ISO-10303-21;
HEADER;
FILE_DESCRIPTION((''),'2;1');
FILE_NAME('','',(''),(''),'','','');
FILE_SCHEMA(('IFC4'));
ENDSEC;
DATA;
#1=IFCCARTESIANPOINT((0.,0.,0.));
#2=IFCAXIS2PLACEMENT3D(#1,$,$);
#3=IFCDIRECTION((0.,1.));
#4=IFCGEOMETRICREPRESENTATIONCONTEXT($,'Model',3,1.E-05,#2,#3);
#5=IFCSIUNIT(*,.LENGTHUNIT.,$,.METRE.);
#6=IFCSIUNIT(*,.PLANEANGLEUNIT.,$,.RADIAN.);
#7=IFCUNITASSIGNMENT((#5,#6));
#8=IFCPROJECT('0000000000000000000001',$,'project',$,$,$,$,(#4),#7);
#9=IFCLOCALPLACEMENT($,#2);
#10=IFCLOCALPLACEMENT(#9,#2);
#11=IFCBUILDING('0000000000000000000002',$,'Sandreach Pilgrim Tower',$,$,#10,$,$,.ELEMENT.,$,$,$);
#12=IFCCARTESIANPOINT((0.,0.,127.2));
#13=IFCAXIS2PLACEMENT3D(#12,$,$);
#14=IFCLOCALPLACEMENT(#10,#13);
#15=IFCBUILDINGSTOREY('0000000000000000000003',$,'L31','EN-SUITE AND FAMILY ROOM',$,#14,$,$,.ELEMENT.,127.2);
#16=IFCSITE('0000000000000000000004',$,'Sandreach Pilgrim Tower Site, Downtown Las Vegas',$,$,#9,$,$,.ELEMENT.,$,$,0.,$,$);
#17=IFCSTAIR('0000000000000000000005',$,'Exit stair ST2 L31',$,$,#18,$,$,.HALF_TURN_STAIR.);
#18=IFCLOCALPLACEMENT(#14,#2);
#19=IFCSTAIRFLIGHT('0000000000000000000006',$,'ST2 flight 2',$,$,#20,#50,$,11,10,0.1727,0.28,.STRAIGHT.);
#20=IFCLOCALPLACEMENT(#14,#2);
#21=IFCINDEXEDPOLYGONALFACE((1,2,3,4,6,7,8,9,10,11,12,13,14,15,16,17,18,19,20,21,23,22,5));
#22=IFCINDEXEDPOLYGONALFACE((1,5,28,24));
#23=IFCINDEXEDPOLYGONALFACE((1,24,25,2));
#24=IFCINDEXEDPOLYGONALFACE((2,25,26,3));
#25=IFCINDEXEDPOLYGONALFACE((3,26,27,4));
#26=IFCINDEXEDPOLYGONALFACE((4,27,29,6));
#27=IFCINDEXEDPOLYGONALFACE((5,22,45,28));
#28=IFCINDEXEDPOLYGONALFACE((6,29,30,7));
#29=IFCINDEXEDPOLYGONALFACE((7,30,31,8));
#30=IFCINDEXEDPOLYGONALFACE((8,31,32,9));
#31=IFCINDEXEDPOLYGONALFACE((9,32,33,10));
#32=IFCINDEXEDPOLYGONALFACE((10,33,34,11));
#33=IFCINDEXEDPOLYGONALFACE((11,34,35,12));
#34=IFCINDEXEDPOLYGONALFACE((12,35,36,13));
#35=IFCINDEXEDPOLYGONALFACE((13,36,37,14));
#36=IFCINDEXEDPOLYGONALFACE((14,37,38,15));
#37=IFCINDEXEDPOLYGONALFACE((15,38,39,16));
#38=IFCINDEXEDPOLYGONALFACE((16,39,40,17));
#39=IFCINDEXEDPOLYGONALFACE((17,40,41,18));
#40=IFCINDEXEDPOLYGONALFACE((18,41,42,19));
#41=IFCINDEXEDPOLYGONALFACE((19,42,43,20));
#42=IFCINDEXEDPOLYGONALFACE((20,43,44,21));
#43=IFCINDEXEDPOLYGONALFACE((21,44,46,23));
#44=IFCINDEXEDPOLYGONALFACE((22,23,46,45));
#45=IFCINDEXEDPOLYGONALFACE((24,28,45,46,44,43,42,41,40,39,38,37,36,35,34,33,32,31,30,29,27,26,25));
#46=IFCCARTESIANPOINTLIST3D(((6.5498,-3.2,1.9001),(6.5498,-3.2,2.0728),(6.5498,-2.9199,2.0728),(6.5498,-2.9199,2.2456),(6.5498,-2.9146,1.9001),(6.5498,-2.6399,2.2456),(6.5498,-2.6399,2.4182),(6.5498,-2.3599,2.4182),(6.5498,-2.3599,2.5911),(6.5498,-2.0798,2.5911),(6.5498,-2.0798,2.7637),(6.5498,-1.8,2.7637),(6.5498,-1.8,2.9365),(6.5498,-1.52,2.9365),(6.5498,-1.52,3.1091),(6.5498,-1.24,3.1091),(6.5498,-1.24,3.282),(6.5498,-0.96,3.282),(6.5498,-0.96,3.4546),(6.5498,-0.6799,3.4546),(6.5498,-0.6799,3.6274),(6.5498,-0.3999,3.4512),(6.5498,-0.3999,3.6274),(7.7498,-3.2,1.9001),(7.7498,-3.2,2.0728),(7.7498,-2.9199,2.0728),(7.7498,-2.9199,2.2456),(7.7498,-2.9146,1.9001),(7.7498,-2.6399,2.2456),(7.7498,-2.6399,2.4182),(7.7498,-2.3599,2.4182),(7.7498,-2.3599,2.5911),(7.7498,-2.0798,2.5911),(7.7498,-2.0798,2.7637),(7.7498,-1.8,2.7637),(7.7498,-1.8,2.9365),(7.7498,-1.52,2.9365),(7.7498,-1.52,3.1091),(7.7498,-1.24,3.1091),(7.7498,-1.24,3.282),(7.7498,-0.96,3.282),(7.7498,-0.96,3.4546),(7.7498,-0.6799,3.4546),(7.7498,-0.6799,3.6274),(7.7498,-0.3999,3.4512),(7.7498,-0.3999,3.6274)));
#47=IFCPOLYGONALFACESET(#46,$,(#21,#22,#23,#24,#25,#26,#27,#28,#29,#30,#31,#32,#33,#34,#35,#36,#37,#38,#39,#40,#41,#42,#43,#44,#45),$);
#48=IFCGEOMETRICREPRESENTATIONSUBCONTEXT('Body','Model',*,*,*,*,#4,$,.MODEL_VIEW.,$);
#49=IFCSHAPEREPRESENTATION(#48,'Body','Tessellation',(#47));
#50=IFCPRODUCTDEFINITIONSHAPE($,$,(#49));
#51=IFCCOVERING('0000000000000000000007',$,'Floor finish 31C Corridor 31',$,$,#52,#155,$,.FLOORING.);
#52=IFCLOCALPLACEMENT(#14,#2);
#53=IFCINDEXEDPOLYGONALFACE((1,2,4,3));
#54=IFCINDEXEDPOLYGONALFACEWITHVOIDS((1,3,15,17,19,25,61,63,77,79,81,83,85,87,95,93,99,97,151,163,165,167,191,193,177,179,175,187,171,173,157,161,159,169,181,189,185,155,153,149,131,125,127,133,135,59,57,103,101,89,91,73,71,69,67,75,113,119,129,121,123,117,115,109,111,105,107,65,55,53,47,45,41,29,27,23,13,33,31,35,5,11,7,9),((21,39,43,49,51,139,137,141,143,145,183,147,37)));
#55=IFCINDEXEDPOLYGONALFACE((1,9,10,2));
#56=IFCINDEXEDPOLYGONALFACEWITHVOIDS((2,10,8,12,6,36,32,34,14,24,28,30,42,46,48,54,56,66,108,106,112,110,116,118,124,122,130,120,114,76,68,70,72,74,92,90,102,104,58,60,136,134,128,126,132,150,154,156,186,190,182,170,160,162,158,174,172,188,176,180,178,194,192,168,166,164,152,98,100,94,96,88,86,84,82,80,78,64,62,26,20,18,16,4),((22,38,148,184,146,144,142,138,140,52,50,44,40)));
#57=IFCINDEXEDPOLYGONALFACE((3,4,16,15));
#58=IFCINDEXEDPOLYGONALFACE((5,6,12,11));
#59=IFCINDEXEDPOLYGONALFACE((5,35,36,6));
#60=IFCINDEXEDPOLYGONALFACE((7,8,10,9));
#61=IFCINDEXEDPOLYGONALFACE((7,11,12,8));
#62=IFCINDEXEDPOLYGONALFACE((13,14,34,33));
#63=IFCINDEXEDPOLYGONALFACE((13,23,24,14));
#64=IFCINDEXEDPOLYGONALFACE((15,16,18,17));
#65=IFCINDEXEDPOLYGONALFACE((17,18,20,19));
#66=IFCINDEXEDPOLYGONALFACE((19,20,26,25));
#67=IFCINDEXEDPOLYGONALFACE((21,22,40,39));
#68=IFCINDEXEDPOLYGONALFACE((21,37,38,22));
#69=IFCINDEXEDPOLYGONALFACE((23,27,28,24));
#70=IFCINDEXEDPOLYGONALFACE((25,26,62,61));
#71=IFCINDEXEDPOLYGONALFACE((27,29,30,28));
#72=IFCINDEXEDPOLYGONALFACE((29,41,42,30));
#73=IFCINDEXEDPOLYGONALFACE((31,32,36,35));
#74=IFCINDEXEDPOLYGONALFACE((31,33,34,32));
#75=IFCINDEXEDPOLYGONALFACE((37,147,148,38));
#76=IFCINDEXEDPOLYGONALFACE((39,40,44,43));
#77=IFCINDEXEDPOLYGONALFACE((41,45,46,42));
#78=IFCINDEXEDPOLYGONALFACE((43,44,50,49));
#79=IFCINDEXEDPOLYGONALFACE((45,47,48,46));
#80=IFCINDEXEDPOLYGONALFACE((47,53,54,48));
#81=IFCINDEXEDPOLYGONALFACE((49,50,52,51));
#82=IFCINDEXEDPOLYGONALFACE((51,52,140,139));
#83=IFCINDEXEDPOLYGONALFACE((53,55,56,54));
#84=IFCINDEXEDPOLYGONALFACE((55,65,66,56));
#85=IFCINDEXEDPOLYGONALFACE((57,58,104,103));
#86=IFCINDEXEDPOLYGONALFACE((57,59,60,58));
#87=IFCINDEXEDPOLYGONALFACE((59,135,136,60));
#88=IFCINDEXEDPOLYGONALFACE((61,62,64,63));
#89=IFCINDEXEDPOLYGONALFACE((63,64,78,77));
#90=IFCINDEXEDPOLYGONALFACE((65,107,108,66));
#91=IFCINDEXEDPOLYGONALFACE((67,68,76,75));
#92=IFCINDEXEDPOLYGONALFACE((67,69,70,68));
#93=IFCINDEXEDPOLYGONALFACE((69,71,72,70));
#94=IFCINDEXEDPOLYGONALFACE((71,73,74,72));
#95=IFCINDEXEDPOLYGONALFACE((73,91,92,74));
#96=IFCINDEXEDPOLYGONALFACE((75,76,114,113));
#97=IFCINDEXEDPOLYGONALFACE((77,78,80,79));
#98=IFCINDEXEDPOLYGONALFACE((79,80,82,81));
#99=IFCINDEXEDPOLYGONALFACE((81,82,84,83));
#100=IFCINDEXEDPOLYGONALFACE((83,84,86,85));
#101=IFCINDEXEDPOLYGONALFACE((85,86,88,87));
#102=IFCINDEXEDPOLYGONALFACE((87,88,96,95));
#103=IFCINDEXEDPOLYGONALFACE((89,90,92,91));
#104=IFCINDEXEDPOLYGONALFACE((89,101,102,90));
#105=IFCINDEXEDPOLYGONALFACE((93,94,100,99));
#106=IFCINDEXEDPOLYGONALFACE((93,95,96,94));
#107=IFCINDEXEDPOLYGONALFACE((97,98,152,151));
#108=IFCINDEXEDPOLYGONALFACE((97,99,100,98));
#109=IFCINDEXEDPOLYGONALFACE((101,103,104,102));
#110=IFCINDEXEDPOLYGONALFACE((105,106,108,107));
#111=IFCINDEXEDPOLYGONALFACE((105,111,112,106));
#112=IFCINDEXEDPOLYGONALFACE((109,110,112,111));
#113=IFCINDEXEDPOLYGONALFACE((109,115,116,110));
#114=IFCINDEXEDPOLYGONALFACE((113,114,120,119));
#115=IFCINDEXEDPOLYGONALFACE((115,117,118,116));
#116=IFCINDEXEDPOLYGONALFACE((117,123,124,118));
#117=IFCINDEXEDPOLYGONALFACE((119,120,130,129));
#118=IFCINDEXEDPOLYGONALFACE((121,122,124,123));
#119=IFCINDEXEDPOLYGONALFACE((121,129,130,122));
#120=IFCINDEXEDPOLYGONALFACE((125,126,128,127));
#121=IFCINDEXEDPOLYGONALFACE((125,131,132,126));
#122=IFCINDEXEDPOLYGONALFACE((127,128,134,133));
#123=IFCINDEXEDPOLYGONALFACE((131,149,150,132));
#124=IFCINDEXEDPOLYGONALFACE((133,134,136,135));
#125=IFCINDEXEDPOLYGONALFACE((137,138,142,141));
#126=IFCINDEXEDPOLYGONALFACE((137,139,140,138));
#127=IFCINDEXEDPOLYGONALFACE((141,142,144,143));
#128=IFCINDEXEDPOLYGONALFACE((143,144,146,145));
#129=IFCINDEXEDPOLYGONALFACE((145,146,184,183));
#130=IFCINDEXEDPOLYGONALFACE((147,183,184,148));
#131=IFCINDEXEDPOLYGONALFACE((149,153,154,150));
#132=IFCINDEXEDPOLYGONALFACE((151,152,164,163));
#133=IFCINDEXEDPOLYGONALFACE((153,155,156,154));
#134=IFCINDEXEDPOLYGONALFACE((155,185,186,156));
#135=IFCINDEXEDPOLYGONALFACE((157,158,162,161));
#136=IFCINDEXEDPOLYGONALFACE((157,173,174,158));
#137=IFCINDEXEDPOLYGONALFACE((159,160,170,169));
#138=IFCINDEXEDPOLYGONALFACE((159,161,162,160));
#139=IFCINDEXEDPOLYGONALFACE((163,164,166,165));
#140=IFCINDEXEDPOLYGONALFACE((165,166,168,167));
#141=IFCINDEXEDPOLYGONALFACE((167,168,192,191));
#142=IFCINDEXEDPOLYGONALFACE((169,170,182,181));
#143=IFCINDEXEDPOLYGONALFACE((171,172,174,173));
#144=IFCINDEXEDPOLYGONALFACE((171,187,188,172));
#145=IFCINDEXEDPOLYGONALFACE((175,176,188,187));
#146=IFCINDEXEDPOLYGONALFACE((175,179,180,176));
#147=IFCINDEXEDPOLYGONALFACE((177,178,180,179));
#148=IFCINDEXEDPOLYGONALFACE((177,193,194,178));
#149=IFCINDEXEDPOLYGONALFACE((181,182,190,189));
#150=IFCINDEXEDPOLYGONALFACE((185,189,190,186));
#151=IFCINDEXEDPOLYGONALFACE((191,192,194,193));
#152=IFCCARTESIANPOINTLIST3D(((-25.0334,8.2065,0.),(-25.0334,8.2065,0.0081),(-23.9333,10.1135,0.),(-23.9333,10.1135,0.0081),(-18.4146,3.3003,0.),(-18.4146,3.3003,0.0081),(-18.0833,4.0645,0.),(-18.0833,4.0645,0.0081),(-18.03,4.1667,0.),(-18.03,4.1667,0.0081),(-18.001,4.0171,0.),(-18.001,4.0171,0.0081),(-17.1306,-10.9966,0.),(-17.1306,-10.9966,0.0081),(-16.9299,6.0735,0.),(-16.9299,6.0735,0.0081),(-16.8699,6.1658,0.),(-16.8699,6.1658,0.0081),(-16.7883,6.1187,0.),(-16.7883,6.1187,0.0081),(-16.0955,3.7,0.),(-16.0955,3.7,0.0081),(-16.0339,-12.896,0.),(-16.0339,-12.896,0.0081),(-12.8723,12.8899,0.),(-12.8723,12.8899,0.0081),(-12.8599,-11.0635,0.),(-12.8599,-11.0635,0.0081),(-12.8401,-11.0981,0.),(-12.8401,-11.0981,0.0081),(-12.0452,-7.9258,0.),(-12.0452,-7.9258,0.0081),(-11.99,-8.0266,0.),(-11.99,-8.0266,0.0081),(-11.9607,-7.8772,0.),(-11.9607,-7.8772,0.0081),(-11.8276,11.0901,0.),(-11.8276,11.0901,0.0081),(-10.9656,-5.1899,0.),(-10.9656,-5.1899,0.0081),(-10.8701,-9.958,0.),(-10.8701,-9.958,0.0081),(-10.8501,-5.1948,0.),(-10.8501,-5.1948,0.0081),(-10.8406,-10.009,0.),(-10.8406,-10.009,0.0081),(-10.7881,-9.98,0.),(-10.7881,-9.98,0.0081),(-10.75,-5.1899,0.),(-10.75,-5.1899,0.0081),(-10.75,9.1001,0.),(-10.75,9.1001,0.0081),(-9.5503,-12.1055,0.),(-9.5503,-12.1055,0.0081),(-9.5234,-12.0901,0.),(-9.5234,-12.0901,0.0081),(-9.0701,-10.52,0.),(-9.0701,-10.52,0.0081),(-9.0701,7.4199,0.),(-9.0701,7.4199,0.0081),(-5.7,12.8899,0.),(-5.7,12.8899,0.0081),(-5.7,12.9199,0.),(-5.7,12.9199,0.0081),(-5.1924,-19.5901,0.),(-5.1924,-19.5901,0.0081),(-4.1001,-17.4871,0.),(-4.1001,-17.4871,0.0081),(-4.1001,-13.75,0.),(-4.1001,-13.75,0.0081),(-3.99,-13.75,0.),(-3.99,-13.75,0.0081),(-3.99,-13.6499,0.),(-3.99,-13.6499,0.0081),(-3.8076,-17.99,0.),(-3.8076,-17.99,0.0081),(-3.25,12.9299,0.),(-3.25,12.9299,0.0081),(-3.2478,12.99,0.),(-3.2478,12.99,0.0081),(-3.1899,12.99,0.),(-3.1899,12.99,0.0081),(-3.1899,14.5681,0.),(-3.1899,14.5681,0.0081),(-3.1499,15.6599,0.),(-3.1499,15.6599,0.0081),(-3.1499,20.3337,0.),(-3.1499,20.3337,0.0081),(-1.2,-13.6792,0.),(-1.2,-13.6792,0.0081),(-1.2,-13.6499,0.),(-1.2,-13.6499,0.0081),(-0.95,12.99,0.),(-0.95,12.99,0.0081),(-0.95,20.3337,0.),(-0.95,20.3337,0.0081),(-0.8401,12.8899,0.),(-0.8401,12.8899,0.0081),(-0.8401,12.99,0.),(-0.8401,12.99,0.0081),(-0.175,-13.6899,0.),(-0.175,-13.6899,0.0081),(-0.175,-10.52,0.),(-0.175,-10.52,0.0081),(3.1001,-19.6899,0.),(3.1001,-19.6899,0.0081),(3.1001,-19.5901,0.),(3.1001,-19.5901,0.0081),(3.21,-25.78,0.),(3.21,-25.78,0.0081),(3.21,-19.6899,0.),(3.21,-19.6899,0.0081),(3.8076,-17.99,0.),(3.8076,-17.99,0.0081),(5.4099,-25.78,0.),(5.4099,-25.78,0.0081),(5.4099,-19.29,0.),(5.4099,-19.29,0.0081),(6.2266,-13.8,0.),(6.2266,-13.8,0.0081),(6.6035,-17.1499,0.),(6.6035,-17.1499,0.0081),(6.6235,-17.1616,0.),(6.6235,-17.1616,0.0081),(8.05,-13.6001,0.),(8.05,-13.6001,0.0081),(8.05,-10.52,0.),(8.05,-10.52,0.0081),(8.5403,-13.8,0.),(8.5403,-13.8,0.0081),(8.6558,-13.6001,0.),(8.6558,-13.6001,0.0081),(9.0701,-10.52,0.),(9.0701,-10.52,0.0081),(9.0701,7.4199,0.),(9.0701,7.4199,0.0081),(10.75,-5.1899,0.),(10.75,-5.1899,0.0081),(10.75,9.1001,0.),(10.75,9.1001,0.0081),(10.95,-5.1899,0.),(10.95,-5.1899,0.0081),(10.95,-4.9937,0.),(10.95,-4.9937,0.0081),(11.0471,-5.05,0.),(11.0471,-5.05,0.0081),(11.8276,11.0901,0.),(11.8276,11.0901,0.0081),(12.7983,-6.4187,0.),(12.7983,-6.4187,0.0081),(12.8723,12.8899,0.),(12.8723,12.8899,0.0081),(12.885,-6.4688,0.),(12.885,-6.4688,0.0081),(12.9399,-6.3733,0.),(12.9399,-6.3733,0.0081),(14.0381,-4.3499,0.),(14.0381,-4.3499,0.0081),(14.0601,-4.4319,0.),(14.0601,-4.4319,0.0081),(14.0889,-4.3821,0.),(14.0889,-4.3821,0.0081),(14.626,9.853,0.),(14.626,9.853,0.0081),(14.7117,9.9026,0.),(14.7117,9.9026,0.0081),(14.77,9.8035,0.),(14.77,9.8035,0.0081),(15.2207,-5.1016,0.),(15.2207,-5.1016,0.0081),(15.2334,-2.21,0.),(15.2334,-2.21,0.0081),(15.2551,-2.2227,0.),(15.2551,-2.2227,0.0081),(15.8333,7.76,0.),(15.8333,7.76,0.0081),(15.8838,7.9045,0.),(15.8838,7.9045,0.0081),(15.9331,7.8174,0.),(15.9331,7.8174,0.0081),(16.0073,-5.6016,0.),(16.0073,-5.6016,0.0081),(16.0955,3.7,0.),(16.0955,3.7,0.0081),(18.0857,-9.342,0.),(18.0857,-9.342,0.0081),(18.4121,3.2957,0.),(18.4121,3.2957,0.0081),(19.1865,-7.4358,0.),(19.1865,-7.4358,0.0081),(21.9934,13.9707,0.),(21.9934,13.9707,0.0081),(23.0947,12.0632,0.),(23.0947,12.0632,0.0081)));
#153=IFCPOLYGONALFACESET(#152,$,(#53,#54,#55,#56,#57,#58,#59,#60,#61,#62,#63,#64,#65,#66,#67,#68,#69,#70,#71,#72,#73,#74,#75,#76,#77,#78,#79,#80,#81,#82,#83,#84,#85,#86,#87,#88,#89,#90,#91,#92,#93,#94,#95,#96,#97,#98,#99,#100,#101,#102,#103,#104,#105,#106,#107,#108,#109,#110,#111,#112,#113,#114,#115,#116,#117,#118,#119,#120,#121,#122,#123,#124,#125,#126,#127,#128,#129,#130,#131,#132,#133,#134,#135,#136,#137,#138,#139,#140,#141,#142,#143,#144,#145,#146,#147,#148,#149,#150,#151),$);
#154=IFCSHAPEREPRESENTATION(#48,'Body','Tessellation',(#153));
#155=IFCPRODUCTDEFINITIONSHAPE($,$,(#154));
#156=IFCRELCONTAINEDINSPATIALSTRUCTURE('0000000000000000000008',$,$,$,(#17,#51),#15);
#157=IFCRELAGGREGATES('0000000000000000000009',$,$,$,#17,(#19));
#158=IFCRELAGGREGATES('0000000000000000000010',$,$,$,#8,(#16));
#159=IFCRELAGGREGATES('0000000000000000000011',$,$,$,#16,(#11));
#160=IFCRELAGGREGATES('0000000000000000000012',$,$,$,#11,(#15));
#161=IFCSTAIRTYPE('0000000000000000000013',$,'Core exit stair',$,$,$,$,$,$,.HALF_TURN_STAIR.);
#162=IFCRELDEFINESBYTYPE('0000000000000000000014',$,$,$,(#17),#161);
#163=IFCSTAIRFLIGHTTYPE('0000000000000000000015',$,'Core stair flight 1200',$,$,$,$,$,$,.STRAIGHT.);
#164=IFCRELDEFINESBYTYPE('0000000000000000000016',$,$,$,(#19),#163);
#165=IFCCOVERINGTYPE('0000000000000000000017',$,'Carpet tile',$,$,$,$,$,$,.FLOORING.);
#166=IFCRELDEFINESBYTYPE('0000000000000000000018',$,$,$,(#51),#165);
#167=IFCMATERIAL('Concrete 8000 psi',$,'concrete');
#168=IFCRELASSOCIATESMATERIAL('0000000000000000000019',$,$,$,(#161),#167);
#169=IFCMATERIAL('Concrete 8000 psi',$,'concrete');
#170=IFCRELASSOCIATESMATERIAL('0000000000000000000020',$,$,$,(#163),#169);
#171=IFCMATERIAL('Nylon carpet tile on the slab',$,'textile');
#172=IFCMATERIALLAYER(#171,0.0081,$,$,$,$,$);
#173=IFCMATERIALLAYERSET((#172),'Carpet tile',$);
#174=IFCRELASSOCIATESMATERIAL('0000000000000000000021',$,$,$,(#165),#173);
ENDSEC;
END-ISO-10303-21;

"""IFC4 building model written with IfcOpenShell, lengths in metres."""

from ifc_helpers import new_model, si_unit, direction, frame, origin, place, context, subcontext, project, spatial, polyline, outline, extrude, material, layer, layer_set, type_object, element, aggregate, save


model = new_model("IFC4")

# Units and contexts
model_context = context("Model", 3, precision=1e-05, world=origin(), true_north=direction((0.0, 1.0)))
body_context = subcontext(model_context, "Body", "Model", "MODEL_VIEW")
ifc_project = project(units=[si_unit("LENGTHUNIT", "METRE"), si_unit("PLANEANGLEUNIT", "RADIAN")], contexts=[model_context])

# Site, building, storey
site_placement = place(None, origin())
site = spatial("IfcSite", under=ifc_project, at=site_placement, Name="Sandreach Pilgrim Tower Site, Downtown Las Vegas", CompositionType="ELEMENT", RefElevation=0.0)
building_placement = place(site_placement, origin())
building = spatial("IfcBuilding", under=site, at=building_placement, Name="Sandreach Pilgrim Tower", CompositionType="ELEMENT")
storey_placement = place(building_placement, frame((0.0, 0.0, 127.2)))
storey = spatial("IfcBuildingStorey", under=building, at=storey_placement, Name="L31", Description="EN-SUITE AND FAMILY ROOM", CompositionType="ELEMENT", Elevation=127.2)

# Stair
ifc_material_1 = material(Name="Concrete 8000 psi", Category="concrete")
stair_type = type_object("IfcStairType", Name="Core exit stair", PredefinedType="HALF_TURN_STAIR", material=ifc_material_1)
stair_1_placement = place(storey_placement, origin())
stair_1 = element("IfcStair", 1, at=stair_1_placement, inside=storey, type_object=stair_type, Name="Exit stair ST2 L31", PredefinedType="HALF_TURN_STAIR")

# Stair flight
ifc_material_2 = material(Name="Concrete 8000 psi", Category="concrete")
stair_flight_type = type_object("IfcStairFlightType", Name="Core stair flight 1200", PredefinedType="STRAIGHT", material=ifc_material_2)
stair_flight_1_placement = place(storey_placement, frame((7.1499, -3.2, 1.9001), z_axis=(0.0, 0.0, 1.0), x_axis=(0.0, 1.0, 0.0)))
stair_flight_1 = element("IfcStairFlight", 2, at=stair_flight_1_placement, type_object=stair_flight_type, Name="ST2 flight 2", NumberOfRisers=11, NumberOfTreads=10, PredefinedType="STRAIGHT", RiserHeight=0.1727, TreadLength=0.28, context=body_context, shape_type="SweptSolid", body=[
    extrude(outline(polyline([(0.0, 0.0), (0.0, 0.1726), (0.28, 0.1726), (0.28, 0.3455), (0.5601, 0.3455), (0.5601, 0.5181), (0.8401, 0.5181), (0.8401, 0.6909), (1.1201, 0.6909), (1.1201, 0.8635), (1.3999, 0.8635), (1.3999, 1.0364), (1.6799, 1.0364), (1.6799, 1.209), (1.96, 1.209), (1.96, 1.3818), (2.24, 1.3818), (2.24, 1.5544), (2.52, 1.5544), (2.52, 1.7273), (2.8, 1.7273), (2.8, 1.8999), (2.8, 1.551), (0.2854, 0.0), (0.0, 0.0)])), frame((0.0, 0.6001, 0.0), z_axis=(0.0, -1.0, 0.0), x_axis=(1.0, 0.0, 0.0)), (0.0, 0.0, 1.0), 1.2),
])
aggregate(stair_1, [stair_flight_1])

# Covering
ifc_material_3 = material(Name="Nylon carpet tile on the slab", Category="textile")
ifc_layer_1 = layer(ifc_material_3, 0.0081)
ifc_layer_set_1 = layer_set([ifc_layer_1], Name="Carpet tile")
covering_type_1 = type_object("IfcCoveringType", Name="Carpet tile", PredefinedType="FLOORING", material=ifc_layer_set_1)
covering_1_placement = place(storey_placement, origin())
element("IfcCovering", 3, at=covering_1_placement, inside=storey, type_object=covering_type_1, Name="Floor finish 31C Corridor 31", PredefinedType="FLOORING", context=body_context, shape_type="SweptSolid", body=[
    extrude(outline(polyline([(-16.9299, 6.0735), (-16.8699, 6.1658), (-16.7883, 6.1187), (-12.8723, 12.8899), (-5.7, 12.8899), (-5.7, 12.9199), (-3.25, 12.9299), (-3.2478, 12.99), (-3.1899, 12.99), (-3.1899, 14.5681), (-3.1499, 15.6599), (-3.1499, 20.3337), (-0.95, 20.3337), (-0.95, 12.99), (-0.8401, 12.99), (-0.8401, 12.8899), (12.8723, 12.8899), (14.626, 9.853), (14.7117, 9.9026), (14.77, 9.8035), (21.9934, 13.9707), (23.0947, 12.0632), (15.8838, 7.9045), (15.9331, 7.8174), (15.8333, 7.76), (18.4121, 3.2957), (15.2334, -2.21), (15.2551, -2.2227), (14.0381, -4.3499), (14.0889, -4.3821), (14.0601, -4.4319), (15.2207, -5.1016), (16.0073, -5.6016), (19.1865, -7.4358), (18.0857, -9.342), (12.9399, -6.3733), (12.885, -6.4688), (12.7983, -6.4187), (8.6558, -13.6001), (8.05, -13.6001), (8.05, -10.52), (9.0701, -10.52), (9.0701, 7.4199), (-9.0701, 7.4199), (-9.0701, -10.52), (-0.175, -10.52), (-0.175, -13.6899), (-1.2, -13.6792), (-1.2, -13.6499), (-3.99, -13.6499), (-3.99, -13.75), (-4.1001, -13.75), (-4.1001, -17.4871), (-3.8076, -17.99), (3.8076, -17.99), (6.2266, -13.8), (8.5403, -13.8), (6.6035, -17.1499), (6.6235, -17.1616), (5.4099, -19.29), (5.4099, -25.78), (3.21, -25.78), (3.21, -19.6899), (3.1001, -19.6899), (3.1001, -19.5901), (-5.1924, -19.5901), (-9.5234, -12.0901), (-9.5503, -12.1055), (-10.7881, -9.98), (-10.8406, -10.009), (-10.8701, -9.958), (-12.8401, -11.0981), (-12.8599, -11.0635), (-16.0339, -12.896), (-17.1306, -10.9966), (-11.99, -8.0266), (-12.0452, -7.9258), (-11.9607, -7.8772), (-18.4146, 3.3003), (-18.001, 4.0171), (-18.0833, 4.0645), (-18.03, 4.1667), (-25.0334, 8.2065), (-23.9333, 10.1135), (-16.9299, 6.0735)]), holes=[polyline([(-16.0955, 3.7), (-10.9656, -5.1899), (-10.8501, -5.1948), (-10.75, -5.1899), (-10.75, 9.1001), (10.75, 9.1001), (10.75, -5.1899), (10.95, -5.1899), (10.95, -4.9937), (11.0471, -5.05), (16.0955, 3.7), (11.8276, 11.0901), (-11.8276, 11.0901), (-16.0955, 3.7)])]), origin(), (0.0, 0.0, 1.0), 0.0081),
])

save(model, "model.ifc")
